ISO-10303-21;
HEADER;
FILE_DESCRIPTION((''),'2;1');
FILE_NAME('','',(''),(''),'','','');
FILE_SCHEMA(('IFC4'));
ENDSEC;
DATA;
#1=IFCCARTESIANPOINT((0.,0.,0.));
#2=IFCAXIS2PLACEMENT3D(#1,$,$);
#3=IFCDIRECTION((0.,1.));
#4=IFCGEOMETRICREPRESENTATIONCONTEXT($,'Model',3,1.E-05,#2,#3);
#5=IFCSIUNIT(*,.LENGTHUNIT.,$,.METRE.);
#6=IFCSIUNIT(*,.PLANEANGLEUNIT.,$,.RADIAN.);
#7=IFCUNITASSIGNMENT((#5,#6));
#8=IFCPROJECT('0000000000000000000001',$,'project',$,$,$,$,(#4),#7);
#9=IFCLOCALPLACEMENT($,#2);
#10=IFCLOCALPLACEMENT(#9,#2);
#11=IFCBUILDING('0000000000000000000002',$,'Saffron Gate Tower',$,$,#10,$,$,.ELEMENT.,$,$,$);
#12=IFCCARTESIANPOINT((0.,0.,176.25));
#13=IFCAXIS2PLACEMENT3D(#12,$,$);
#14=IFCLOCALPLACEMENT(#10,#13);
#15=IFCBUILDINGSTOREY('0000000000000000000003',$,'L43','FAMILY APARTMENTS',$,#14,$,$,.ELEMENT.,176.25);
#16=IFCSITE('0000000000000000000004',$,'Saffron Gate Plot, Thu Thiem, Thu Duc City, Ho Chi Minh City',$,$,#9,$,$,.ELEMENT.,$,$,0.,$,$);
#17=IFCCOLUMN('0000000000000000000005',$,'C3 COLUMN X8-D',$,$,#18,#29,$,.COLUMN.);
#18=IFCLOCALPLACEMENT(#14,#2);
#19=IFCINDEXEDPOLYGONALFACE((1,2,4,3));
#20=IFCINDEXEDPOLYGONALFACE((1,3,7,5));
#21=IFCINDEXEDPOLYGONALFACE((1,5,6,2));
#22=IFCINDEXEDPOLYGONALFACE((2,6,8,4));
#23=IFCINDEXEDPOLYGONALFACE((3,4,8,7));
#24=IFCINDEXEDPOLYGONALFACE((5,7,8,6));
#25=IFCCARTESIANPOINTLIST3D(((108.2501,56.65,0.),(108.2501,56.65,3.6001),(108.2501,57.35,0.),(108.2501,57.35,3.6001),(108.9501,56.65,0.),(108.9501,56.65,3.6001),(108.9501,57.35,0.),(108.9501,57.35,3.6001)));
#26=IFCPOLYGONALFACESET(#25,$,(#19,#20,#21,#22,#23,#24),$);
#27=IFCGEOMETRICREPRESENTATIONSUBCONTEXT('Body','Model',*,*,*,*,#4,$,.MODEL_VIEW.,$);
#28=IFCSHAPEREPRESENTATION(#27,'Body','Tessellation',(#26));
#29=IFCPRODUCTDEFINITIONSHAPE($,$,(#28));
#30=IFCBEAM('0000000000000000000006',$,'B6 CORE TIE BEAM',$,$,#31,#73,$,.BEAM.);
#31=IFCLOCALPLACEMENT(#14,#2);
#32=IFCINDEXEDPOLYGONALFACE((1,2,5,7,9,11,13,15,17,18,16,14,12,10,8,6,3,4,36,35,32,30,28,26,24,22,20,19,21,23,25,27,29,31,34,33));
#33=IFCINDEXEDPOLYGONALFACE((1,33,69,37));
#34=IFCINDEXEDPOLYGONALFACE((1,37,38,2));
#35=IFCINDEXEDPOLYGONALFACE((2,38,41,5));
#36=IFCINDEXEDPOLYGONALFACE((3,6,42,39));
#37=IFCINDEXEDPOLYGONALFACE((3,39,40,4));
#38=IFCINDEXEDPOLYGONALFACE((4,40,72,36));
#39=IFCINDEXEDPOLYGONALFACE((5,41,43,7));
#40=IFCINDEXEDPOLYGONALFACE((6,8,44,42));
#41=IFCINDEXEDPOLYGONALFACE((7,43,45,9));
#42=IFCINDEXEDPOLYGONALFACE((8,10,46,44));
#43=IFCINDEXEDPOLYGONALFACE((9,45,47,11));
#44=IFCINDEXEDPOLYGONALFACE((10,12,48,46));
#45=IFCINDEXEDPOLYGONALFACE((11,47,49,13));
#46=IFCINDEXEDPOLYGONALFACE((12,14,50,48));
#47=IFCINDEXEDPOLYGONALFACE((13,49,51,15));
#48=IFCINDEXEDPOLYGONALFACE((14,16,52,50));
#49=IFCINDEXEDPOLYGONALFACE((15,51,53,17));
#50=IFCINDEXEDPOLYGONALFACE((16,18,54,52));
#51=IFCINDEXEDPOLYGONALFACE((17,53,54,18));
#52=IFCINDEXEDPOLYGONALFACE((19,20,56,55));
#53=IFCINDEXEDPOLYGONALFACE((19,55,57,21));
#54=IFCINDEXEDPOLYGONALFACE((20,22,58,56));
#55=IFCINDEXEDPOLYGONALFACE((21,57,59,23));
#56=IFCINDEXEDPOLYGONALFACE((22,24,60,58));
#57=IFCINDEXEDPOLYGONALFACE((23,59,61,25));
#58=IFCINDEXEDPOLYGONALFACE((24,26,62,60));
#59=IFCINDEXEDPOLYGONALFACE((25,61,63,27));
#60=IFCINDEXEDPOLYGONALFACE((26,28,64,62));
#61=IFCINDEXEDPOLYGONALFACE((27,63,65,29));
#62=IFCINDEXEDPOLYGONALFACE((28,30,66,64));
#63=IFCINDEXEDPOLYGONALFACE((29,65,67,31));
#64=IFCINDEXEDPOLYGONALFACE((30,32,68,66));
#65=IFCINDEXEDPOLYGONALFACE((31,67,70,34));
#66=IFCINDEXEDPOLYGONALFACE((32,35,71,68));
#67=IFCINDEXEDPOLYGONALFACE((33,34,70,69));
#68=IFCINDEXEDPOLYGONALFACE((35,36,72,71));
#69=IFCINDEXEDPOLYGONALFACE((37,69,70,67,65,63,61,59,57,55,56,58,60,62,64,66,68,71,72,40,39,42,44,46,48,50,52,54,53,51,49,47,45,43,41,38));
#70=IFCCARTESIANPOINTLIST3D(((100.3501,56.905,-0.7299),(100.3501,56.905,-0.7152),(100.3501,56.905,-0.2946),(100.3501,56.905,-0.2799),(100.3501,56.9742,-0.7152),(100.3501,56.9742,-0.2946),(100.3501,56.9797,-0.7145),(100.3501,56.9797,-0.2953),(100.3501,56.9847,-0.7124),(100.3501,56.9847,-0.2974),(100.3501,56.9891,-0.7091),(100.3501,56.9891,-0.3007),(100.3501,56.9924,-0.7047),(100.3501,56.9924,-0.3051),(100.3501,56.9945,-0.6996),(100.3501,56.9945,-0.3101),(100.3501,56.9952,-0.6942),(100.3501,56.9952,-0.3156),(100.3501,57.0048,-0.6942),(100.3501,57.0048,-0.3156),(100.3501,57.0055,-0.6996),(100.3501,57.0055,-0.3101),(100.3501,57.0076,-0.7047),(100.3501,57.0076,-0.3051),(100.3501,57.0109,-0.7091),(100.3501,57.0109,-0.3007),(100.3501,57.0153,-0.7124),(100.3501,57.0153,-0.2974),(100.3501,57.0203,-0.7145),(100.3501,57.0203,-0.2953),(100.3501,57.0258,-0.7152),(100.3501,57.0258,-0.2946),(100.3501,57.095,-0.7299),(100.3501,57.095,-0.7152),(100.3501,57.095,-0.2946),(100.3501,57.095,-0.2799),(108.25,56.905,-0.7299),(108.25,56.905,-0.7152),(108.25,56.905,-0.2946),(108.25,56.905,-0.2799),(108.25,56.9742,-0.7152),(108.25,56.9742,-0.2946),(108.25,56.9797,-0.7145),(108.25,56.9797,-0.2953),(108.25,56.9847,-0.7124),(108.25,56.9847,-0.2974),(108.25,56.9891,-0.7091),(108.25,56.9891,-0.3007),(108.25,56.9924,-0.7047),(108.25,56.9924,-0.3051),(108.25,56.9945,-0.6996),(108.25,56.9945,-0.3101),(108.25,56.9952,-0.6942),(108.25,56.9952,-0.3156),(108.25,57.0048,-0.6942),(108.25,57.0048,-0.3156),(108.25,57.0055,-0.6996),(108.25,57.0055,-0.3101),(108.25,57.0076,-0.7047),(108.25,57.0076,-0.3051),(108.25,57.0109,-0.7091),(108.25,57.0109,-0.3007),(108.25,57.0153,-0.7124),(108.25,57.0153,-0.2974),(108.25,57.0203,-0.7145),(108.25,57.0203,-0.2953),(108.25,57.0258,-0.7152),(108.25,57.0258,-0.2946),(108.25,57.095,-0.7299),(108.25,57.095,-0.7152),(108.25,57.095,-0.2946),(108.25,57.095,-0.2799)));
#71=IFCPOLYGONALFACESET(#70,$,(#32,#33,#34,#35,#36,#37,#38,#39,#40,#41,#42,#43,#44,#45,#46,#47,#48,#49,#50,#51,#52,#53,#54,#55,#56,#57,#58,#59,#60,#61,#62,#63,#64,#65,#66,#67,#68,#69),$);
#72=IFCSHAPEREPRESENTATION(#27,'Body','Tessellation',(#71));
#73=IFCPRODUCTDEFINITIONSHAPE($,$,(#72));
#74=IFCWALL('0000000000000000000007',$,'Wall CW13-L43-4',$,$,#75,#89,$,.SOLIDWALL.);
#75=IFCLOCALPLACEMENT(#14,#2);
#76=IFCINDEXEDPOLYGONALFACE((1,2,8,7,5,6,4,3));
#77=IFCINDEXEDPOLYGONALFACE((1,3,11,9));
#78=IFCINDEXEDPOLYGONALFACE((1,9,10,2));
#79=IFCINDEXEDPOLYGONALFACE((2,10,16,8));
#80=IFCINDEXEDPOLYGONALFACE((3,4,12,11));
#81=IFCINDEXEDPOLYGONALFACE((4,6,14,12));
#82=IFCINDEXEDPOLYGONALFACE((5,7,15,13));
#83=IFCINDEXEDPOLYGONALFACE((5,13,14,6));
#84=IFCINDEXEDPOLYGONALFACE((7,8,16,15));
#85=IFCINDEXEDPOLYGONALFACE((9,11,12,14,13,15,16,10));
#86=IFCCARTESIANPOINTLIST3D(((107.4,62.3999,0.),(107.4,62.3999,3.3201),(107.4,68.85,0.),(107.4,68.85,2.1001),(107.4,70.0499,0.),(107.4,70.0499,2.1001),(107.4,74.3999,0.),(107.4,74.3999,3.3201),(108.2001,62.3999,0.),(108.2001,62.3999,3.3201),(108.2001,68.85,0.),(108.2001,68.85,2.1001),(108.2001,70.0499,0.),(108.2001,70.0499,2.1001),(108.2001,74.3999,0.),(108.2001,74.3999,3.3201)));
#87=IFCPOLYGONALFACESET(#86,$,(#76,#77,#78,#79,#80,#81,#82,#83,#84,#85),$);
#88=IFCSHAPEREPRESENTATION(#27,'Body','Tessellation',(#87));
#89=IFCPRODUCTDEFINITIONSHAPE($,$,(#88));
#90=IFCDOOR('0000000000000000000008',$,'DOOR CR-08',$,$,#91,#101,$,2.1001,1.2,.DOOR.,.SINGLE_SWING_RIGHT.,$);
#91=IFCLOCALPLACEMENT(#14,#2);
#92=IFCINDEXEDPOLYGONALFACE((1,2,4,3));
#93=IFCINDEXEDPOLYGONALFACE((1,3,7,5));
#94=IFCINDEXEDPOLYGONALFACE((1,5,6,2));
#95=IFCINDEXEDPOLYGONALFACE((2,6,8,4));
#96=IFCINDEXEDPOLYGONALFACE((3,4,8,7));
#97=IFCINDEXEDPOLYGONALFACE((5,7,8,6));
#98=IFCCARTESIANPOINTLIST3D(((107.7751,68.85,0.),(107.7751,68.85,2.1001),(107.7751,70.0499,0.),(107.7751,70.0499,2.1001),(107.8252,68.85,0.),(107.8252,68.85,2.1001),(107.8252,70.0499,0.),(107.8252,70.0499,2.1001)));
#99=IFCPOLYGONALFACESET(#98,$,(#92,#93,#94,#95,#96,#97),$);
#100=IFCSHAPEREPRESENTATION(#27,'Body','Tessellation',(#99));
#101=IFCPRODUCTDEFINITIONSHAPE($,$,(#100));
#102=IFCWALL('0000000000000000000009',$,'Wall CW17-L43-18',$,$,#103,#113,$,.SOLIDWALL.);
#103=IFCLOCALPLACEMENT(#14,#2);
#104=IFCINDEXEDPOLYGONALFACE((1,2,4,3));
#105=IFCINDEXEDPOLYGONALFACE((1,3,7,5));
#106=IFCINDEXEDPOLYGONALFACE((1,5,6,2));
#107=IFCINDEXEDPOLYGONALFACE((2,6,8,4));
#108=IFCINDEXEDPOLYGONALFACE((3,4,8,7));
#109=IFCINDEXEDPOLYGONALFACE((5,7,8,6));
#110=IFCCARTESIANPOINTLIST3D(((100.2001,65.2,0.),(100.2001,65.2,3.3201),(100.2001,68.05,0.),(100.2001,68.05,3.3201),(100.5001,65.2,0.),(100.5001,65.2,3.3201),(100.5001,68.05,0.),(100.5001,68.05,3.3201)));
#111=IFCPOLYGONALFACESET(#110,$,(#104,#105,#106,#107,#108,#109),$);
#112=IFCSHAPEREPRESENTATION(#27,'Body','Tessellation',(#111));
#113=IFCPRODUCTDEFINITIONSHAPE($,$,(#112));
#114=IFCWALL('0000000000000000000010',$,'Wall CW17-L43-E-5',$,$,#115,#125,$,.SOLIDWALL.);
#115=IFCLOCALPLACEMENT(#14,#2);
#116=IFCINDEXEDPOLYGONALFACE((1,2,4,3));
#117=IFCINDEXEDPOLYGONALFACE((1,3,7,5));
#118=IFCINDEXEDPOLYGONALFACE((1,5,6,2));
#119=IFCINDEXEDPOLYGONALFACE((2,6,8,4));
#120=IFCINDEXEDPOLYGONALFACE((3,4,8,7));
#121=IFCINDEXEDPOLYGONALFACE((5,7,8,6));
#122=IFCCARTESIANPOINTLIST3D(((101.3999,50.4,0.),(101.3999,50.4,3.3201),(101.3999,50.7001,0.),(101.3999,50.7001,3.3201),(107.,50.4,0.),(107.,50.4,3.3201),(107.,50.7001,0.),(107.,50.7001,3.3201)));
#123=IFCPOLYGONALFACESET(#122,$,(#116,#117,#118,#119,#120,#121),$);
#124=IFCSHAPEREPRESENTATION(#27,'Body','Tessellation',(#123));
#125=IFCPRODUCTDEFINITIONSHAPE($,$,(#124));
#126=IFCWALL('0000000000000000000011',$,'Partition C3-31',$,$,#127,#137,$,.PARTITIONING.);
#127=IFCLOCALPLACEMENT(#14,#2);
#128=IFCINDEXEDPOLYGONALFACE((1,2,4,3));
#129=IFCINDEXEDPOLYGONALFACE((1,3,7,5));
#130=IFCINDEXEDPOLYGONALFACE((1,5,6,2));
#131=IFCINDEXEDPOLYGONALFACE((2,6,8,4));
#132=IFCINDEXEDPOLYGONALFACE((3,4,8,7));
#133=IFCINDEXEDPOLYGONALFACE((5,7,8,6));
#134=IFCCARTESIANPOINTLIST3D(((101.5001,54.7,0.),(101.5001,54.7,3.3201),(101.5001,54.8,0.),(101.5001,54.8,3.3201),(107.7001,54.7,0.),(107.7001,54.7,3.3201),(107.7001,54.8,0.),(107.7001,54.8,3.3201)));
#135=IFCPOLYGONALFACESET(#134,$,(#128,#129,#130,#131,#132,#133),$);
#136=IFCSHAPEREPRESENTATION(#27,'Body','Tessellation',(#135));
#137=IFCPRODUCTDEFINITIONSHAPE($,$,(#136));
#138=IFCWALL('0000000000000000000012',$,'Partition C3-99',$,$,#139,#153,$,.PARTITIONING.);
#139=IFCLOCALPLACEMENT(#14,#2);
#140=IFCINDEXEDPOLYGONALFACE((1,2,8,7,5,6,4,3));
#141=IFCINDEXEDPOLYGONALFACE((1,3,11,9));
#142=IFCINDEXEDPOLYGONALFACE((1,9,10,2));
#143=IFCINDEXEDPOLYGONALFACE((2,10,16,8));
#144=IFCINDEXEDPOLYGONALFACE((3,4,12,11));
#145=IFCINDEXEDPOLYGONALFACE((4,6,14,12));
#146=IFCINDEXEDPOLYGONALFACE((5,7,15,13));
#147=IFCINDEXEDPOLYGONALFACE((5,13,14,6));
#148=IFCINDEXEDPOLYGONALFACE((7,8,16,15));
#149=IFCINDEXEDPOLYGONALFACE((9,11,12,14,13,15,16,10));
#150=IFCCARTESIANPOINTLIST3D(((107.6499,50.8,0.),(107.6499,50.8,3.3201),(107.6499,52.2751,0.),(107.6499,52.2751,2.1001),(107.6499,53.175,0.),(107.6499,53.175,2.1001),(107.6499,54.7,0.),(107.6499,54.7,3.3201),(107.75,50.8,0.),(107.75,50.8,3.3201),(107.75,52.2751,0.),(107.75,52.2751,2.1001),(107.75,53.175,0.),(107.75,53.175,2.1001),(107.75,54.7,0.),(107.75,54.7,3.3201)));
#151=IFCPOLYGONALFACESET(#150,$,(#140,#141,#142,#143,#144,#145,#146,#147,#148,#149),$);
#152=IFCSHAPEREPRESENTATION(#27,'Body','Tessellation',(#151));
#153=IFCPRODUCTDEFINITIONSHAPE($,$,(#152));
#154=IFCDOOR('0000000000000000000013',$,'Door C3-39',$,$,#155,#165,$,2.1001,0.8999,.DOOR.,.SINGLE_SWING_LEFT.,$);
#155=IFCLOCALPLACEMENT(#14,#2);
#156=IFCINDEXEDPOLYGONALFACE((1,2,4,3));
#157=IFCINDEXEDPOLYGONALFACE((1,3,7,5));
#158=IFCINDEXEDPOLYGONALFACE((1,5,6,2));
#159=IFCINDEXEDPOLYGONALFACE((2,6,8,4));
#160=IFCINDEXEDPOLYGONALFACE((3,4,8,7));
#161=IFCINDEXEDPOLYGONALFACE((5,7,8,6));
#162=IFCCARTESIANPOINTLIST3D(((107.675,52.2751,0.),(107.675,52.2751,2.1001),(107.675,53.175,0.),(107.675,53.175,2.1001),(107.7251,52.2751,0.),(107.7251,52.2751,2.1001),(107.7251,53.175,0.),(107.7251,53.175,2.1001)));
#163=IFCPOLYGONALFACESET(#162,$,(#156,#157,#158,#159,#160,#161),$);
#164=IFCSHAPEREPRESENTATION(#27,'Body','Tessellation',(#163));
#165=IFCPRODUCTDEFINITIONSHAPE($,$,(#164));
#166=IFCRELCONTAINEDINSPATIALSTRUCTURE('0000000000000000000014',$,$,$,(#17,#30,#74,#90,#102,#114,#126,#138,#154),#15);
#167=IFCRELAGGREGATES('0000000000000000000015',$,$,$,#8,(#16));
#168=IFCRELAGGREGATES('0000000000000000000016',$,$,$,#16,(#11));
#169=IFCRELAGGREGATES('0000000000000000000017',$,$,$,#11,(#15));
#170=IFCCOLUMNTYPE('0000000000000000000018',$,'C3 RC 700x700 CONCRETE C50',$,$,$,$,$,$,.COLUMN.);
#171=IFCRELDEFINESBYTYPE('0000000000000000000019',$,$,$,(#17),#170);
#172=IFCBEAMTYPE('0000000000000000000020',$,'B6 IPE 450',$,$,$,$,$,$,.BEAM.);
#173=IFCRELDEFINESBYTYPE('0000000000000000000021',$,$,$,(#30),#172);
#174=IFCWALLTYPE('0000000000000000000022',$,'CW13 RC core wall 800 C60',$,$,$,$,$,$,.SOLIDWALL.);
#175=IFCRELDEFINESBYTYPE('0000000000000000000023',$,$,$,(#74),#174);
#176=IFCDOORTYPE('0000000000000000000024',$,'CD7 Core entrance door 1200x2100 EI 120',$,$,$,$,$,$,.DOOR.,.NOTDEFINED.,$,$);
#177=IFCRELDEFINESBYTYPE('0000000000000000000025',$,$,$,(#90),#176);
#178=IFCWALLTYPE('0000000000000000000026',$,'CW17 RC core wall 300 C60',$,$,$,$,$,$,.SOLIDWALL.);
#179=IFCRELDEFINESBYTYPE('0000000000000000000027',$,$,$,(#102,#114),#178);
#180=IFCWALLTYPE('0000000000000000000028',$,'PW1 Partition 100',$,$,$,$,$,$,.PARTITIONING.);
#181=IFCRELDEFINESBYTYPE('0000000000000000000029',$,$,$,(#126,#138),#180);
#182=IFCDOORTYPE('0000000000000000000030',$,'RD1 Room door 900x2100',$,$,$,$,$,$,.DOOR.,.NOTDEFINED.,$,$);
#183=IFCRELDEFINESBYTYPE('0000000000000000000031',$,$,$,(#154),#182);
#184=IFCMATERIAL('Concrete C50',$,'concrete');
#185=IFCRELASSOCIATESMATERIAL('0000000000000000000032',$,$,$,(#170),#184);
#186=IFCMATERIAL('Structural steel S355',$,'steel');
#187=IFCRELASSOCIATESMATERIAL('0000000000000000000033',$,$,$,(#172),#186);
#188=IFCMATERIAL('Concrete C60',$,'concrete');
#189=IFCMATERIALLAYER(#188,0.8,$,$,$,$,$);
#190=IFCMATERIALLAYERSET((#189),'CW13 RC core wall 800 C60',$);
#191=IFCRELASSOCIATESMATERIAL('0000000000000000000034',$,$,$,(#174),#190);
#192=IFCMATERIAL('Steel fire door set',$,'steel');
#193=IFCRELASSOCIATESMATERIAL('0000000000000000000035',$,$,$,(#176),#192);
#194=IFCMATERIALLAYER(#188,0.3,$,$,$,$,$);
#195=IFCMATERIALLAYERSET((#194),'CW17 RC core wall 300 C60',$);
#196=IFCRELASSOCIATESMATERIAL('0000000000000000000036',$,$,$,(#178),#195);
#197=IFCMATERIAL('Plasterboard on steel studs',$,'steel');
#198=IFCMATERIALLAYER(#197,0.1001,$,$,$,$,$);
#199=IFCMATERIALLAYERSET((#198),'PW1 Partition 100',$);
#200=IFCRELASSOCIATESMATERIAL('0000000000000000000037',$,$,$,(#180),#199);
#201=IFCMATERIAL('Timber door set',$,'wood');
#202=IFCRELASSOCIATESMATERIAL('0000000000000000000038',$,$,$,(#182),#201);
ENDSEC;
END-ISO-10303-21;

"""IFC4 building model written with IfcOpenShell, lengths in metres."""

from ifc_helpers import new_model, si_unit, direction, frame, frame_2d, origin, origin_2d, place, context, subcontext, project, spatial, rectangle, i_section, extrude, material, layer, layer_set, material_profile, profile_set, type_object, element, fill, save


model = new_model("IFC4")

# Units and contexts
model_context = context("Model", 3, precision=1e-05, world=origin(), true_north=direction((0.0, 1.0)))
body_context = subcontext(model_context, "Body", "Model", "MODEL_VIEW")
ifc_project = project(units=[si_unit("LENGTHUNIT", "METRE"), si_unit("PLANEANGLEUNIT", "RADIAN")], contexts=[model_context])

# Site, building, storey
site_placement = place(None, origin())
site = spatial("IfcSite", under=ifc_project, at=site_placement, Name="Saffron Gate Plot, Thu Thiem, Thu Duc City, Ho Chi Minh City", CompositionType="ELEMENT", RefElevation=0.0)
building_placement = place(site_placement, origin())
building = spatial("IfcBuilding", under=site, at=building_placement, Name="Saffron Gate Tower", CompositionType="ELEMENT")
storey_placement = place(building_placement, frame((0.0, 0.0, 176.25)))
storey = spatial("IfcBuildingStorey", under=building, at=storey_placement, Name="L43", Description="FAMILY APARTMENTS", CompositionType="ELEMENT", Elevation=176.25)

# Column
ifc_material_1 = material(Name="Concrete C50", Category="concrete")
ifc_material_profile_1 = material_profile(ifc_material_1, rectangle(XDim=0.7, YDim=0.7, at=origin_2d()))
ifc_profile_set_1 = profile_set([ifc_material_profile_1], Name="Concrete C50")
column_type = type_object("IfcColumnType", Name="C3 RC 700x700 CONCRETE C50", PredefinedType="COLUMN", material=ifc_profile_set_1)
column_placement = place(storey_placement, frame((108.6001, 57.0, 0.0), z_axis=(0.0, 0.0, 1.0), x_axis=(1.0, 0.0, 0.0)))
element("IfcColumn", 1, at=column_placement, inside=storey, type_object=column_type, Name="C3 COLUMN X8-D", PredefinedType="COLUMN", context=body_context, shape_type="SweptSolid", body=[
    extrude(rectangle(XDim=0.7, YDim=0.7, at=origin_2d()), origin(), (0.0, 0.0, 1.0), 3.6001),
])

# Beam
ifc_material_2 = material(Name="Structural steel S355", Category="steel")
ifc_material_profile_2 = material_profile(ifc_material_2, i_section(OverallWidth=0.1899, OverallDepth=0.45, WebThickness=0.0095, FlangeThickness=0.0146, FilletRadius=0.021, at=origin_2d()))
ifc_profile_set_2 = profile_set([ifc_material_profile_2], Name="Structural steel S355")
beam_type = type_object("IfcBeamType", Name="B6 IPE 450", PredefinedType="BEAM", material=ifc_profile_set_2)
beam_placement = place(storey_placement, frame((108.25, 57.0, -0.5049), z_axis=(-1.0, 0.0, 0.0), x_axis=(0.0, -1.0, 0.0)))
element("IfcBeam", 2, at=beam_placement, inside=storey, type_object=beam_type, Name="B6 CORE TIE BEAM", PredefinedType="BEAM", context=body_context, shape_type="SweptSolid", body=[
    extrude(i_section(OverallWidth=0.1899, OverallDepth=0.45, WebThickness=0.0095, FlangeThickness=0.0146, FilletRadius=0.021, at=origin_2d()), origin(), (0.0, 0.0, 1.0), 7.8999),
])

# Wall, opening, door
ifc_material_3 = material(Name="Concrete C60", Category="concrete")
ifc_layer_1 = layer(ifc_material_3, 0.8)
ifc_layer_set_1 = layer_set([ifc_layer_1], Name="CW13 RC core wall 800 C60")
wall_type_1 = type_object("IfcWallType", Name="CW13 RC core wall 800 C60", PredefinedType="SOLIDWALL", material=ifc_layer_set_1)
wall_1_placement = place(storey_placement, frame((107.8, 62.3999, 0.0), z_axis=(0.0, 0.0, 1.0), x_axis=(0.0, 1.0, 0.0)))
wall_1 = element("IfcWall", 3, at=wall_1_placement, inside=storey, type_object=wall_type_1, Name="Wall CW13-L43-4", PredefinedType="SOLIDWALL", context=body_context, shape_type="SweptSolid", body=[
    extrude(rectangle(XDim=12.0, YDim=0.8, at=frame_2d((6.0, 0.0))), origin(), (0.0, 0.0, 1.0), 3.3201),
])
opening_1_placement = place(wall_1_placement, frame((6.45, 0.0, 0.0)))
opening_1 = element("IfcOpeningElement", 4, at=opening_1_placement, cuts=wall_1, PredefinedType="OPENING", context=body_context, shape_type="SweptSolid", body=[
    extrude(rectangle(XDim=1.2, YDim=2.1001, at=frame_2d((0.6001, 1.05))), frame((0.0, 0.4102, 0.0), z_axis=(0.0, -1.0, 0.0), x_axis=(1.0, 0.0, 0.0)), (0.0, 0.0, 1.0), 0.8201),
])
ifc_material_4 = material(Name="Steel fire door set", Category="steel")
door_type_1 = type_object("IfcDoorType", Name="CD7 Core entrance door 1200x2100 EI 120", OperationType="NOTDEFINED", PredefinedType="DOOR", material=ifc_material_4)
door_1_placement = place(opening_1_placement, origin())
door_1 = element("IfcDoor", 5, at=door_1_placement, inside=storey, type_object=door_type_1, Name="DOOR CR-08", OperationType="SINGLE_SWING_RIGHT", OverallHeight=2.1001, OverallWidth=1.2, PredefinedType="DOOR", context=body_context, shape_type="SweptSolid", body=[
    extrude(rectangle(XDim=1.2, YDim=2.1001, at=frame_2d((0.6001, 1.05))), frame((0.0, 0.0249, 0.0), z_axis=(0.0, -1.0, 0.0), x_axis=(1.0, 0.0, 0.0)), (0.0, 0.0, 1.0), 0.05),
])
fill(opening_1, door_1)

# Walls
ifc_layer_2 = layer(ifc_material_3, 0.3)
ifc_layer_set_2 = layer_set([ifc_layer_2], Name="CW17 RC core wall 300 C60")
wall_type_2 = type_object("IfcWallType", Name="CW17 RC core wall 300 C60", PredefinedType="SOLIDWALL", material=ifc_layer_set_2)
wall_2_placement = place(storey_placement, frame((100.3501, 65.2, 0.0), z_axis=(0.0, 0.0, 1.0), x_axis=(0.0, 1.0, 0.0)))
element("IfcWall", 6, at=wall_2_placement, inside=storey, type_object=wall_type_2, Name="Wall CW17-L43-18", PredefinedType="SOLIDWALL", context=body_context, shape_type="SweptSolid", body=[
    extrude(rectangle(XDim=2.8501, YDim=0.3, at=frame_2d((1.425, 0.0))), origin(), (0.0, 0.0, 1.0), 3.3201),
])
wall_3_placement = place(storey_placement, frame((101.3999, 50.55, 0.0), z_axis=(0.0, 0.0, 1.0), x_axis=(1.0, 0.0, 0.0)))
element("IfcWall", 7, at=wall_3_placement, inside=storey, type_object=wall_type_2, Name="Wall CW17-L43-E-5", PredefinedType="SOLIDWALL", context=body_context, shape_type="SweptSolid", body=[
    extrude(rectangle(XDim=5.6001, YDim=0.3, at=frame_2d((2.8, 0.0))), origin(), (0.0, 0.0, 1.0), 3.3201),
])
ifc_material_5 = material(Name="Plasterboard on steel studs", Category="steel")
ifc_layer_3 = layer(ifc_material_5, 0.1001)
ifc_layer_set_3 = layer_set([ifc_layer_3], Name="PW1 Partition 100")
wall_type_3 = type_object("IfcWallType", Name="PW1 Partition 100", PredefinedType="PARTITIONING", material=ifc_layer_set_3)
wall_4_placement = place(storey_placement, frame((101.5, 54.75, 0.0), z_axis=(0.0, 0.0, 1.0), x_axis=(1.0, 0.0, 0.0)))
element("IfcWall", 8, at=wall_4_placement, inside=storey, type_object=wall_type_3, Name="Partition C3-31", PredefinedType="PARTITIONING", context=body_context, shape_type="SweptSolid", body=[
    extrude(rectangle(XDim=6.2, YDim=0.1001, at=frame_2d((3.1001, 0.0))), origin(), (0.0, 0.0, 1.0), 3.3201),
])

# Wall, opening, door
wall_5_placement = place(storey_placement, frame((107.7, 50.8, 0.0), z_axis=(0.0, 0.0, 1.0), x_axis=(0.0, 1.0, 0.0)))
wall_5 = element("IfcWall", 9, at=wall_5_placement, inside=storey, type_object=wall_type_3, Name="Partition C3-99", PredefinedType="PARTITIONING", context=body_context, shape_type="SweptSolid", body=[
    extrude(rectangle(XDim=3.8999, YDim=0.1001, at=frame_2d((1.95, 0.0))), origin(), (0.0, 0.0, 1.0), 3.3201),
])
opening_2_placement = place(wall_5_placement, frame((1.4751, 0.0, 0.0)))
opening_2 = element("IfcOpeningElement", 10, at=opening_2_placement, cuts=wall_5, PredefinedType="OPENING", context=body_context, shape_type="SweptSolid", body=[
    extrude(rectangle(XDim=0.8999, YDim=2.1001, at=frame_2d((0.45, 1.05))), frame((0.0, 0.0601, 0.0), z_axis=(0.0, -1.0, 0.0), x_axis=(1.0, 0.0, 0.0)), (0.0, 0.0, 1.0), 0.1201),
])
ifc_material_6 = material(Name="Timber door set", Category="wood")
door_type_2 = type_object("IfcDoorType", Name="RD1 Room door 900x2100", OperationType="NOTDEFINED", PredefinedType="DOOR", material=ifc_material_6)
door_2_placement = place(opening_2_placement, origin())
door_2 = element("IfcDoor", 11, at=door_2_placement, inside=storey, type_object=door_type_2, Name="Door C3-39", OperationType="SINGLE_SWING_LEFT", OverallHeight=2.1001, OverallWidth=0.8999, PredefinedType="DOOR", context=body_context, shape_type="SweptSolid", body=[
    extrude(rectangle(XDim=0.8999, YDim=2.1001, at=frame_2d((0.45, 1.05))), frame((0.0, 0.0249, 0.0), z_axis=(0.0, -1.0, 0.0), x_axis=(1.0, 0.0, 0.0)), (0.0, 0.0, 1.0), 0.05),
])
fill(opening_2, door_2)

save(model, "model.ifc")
